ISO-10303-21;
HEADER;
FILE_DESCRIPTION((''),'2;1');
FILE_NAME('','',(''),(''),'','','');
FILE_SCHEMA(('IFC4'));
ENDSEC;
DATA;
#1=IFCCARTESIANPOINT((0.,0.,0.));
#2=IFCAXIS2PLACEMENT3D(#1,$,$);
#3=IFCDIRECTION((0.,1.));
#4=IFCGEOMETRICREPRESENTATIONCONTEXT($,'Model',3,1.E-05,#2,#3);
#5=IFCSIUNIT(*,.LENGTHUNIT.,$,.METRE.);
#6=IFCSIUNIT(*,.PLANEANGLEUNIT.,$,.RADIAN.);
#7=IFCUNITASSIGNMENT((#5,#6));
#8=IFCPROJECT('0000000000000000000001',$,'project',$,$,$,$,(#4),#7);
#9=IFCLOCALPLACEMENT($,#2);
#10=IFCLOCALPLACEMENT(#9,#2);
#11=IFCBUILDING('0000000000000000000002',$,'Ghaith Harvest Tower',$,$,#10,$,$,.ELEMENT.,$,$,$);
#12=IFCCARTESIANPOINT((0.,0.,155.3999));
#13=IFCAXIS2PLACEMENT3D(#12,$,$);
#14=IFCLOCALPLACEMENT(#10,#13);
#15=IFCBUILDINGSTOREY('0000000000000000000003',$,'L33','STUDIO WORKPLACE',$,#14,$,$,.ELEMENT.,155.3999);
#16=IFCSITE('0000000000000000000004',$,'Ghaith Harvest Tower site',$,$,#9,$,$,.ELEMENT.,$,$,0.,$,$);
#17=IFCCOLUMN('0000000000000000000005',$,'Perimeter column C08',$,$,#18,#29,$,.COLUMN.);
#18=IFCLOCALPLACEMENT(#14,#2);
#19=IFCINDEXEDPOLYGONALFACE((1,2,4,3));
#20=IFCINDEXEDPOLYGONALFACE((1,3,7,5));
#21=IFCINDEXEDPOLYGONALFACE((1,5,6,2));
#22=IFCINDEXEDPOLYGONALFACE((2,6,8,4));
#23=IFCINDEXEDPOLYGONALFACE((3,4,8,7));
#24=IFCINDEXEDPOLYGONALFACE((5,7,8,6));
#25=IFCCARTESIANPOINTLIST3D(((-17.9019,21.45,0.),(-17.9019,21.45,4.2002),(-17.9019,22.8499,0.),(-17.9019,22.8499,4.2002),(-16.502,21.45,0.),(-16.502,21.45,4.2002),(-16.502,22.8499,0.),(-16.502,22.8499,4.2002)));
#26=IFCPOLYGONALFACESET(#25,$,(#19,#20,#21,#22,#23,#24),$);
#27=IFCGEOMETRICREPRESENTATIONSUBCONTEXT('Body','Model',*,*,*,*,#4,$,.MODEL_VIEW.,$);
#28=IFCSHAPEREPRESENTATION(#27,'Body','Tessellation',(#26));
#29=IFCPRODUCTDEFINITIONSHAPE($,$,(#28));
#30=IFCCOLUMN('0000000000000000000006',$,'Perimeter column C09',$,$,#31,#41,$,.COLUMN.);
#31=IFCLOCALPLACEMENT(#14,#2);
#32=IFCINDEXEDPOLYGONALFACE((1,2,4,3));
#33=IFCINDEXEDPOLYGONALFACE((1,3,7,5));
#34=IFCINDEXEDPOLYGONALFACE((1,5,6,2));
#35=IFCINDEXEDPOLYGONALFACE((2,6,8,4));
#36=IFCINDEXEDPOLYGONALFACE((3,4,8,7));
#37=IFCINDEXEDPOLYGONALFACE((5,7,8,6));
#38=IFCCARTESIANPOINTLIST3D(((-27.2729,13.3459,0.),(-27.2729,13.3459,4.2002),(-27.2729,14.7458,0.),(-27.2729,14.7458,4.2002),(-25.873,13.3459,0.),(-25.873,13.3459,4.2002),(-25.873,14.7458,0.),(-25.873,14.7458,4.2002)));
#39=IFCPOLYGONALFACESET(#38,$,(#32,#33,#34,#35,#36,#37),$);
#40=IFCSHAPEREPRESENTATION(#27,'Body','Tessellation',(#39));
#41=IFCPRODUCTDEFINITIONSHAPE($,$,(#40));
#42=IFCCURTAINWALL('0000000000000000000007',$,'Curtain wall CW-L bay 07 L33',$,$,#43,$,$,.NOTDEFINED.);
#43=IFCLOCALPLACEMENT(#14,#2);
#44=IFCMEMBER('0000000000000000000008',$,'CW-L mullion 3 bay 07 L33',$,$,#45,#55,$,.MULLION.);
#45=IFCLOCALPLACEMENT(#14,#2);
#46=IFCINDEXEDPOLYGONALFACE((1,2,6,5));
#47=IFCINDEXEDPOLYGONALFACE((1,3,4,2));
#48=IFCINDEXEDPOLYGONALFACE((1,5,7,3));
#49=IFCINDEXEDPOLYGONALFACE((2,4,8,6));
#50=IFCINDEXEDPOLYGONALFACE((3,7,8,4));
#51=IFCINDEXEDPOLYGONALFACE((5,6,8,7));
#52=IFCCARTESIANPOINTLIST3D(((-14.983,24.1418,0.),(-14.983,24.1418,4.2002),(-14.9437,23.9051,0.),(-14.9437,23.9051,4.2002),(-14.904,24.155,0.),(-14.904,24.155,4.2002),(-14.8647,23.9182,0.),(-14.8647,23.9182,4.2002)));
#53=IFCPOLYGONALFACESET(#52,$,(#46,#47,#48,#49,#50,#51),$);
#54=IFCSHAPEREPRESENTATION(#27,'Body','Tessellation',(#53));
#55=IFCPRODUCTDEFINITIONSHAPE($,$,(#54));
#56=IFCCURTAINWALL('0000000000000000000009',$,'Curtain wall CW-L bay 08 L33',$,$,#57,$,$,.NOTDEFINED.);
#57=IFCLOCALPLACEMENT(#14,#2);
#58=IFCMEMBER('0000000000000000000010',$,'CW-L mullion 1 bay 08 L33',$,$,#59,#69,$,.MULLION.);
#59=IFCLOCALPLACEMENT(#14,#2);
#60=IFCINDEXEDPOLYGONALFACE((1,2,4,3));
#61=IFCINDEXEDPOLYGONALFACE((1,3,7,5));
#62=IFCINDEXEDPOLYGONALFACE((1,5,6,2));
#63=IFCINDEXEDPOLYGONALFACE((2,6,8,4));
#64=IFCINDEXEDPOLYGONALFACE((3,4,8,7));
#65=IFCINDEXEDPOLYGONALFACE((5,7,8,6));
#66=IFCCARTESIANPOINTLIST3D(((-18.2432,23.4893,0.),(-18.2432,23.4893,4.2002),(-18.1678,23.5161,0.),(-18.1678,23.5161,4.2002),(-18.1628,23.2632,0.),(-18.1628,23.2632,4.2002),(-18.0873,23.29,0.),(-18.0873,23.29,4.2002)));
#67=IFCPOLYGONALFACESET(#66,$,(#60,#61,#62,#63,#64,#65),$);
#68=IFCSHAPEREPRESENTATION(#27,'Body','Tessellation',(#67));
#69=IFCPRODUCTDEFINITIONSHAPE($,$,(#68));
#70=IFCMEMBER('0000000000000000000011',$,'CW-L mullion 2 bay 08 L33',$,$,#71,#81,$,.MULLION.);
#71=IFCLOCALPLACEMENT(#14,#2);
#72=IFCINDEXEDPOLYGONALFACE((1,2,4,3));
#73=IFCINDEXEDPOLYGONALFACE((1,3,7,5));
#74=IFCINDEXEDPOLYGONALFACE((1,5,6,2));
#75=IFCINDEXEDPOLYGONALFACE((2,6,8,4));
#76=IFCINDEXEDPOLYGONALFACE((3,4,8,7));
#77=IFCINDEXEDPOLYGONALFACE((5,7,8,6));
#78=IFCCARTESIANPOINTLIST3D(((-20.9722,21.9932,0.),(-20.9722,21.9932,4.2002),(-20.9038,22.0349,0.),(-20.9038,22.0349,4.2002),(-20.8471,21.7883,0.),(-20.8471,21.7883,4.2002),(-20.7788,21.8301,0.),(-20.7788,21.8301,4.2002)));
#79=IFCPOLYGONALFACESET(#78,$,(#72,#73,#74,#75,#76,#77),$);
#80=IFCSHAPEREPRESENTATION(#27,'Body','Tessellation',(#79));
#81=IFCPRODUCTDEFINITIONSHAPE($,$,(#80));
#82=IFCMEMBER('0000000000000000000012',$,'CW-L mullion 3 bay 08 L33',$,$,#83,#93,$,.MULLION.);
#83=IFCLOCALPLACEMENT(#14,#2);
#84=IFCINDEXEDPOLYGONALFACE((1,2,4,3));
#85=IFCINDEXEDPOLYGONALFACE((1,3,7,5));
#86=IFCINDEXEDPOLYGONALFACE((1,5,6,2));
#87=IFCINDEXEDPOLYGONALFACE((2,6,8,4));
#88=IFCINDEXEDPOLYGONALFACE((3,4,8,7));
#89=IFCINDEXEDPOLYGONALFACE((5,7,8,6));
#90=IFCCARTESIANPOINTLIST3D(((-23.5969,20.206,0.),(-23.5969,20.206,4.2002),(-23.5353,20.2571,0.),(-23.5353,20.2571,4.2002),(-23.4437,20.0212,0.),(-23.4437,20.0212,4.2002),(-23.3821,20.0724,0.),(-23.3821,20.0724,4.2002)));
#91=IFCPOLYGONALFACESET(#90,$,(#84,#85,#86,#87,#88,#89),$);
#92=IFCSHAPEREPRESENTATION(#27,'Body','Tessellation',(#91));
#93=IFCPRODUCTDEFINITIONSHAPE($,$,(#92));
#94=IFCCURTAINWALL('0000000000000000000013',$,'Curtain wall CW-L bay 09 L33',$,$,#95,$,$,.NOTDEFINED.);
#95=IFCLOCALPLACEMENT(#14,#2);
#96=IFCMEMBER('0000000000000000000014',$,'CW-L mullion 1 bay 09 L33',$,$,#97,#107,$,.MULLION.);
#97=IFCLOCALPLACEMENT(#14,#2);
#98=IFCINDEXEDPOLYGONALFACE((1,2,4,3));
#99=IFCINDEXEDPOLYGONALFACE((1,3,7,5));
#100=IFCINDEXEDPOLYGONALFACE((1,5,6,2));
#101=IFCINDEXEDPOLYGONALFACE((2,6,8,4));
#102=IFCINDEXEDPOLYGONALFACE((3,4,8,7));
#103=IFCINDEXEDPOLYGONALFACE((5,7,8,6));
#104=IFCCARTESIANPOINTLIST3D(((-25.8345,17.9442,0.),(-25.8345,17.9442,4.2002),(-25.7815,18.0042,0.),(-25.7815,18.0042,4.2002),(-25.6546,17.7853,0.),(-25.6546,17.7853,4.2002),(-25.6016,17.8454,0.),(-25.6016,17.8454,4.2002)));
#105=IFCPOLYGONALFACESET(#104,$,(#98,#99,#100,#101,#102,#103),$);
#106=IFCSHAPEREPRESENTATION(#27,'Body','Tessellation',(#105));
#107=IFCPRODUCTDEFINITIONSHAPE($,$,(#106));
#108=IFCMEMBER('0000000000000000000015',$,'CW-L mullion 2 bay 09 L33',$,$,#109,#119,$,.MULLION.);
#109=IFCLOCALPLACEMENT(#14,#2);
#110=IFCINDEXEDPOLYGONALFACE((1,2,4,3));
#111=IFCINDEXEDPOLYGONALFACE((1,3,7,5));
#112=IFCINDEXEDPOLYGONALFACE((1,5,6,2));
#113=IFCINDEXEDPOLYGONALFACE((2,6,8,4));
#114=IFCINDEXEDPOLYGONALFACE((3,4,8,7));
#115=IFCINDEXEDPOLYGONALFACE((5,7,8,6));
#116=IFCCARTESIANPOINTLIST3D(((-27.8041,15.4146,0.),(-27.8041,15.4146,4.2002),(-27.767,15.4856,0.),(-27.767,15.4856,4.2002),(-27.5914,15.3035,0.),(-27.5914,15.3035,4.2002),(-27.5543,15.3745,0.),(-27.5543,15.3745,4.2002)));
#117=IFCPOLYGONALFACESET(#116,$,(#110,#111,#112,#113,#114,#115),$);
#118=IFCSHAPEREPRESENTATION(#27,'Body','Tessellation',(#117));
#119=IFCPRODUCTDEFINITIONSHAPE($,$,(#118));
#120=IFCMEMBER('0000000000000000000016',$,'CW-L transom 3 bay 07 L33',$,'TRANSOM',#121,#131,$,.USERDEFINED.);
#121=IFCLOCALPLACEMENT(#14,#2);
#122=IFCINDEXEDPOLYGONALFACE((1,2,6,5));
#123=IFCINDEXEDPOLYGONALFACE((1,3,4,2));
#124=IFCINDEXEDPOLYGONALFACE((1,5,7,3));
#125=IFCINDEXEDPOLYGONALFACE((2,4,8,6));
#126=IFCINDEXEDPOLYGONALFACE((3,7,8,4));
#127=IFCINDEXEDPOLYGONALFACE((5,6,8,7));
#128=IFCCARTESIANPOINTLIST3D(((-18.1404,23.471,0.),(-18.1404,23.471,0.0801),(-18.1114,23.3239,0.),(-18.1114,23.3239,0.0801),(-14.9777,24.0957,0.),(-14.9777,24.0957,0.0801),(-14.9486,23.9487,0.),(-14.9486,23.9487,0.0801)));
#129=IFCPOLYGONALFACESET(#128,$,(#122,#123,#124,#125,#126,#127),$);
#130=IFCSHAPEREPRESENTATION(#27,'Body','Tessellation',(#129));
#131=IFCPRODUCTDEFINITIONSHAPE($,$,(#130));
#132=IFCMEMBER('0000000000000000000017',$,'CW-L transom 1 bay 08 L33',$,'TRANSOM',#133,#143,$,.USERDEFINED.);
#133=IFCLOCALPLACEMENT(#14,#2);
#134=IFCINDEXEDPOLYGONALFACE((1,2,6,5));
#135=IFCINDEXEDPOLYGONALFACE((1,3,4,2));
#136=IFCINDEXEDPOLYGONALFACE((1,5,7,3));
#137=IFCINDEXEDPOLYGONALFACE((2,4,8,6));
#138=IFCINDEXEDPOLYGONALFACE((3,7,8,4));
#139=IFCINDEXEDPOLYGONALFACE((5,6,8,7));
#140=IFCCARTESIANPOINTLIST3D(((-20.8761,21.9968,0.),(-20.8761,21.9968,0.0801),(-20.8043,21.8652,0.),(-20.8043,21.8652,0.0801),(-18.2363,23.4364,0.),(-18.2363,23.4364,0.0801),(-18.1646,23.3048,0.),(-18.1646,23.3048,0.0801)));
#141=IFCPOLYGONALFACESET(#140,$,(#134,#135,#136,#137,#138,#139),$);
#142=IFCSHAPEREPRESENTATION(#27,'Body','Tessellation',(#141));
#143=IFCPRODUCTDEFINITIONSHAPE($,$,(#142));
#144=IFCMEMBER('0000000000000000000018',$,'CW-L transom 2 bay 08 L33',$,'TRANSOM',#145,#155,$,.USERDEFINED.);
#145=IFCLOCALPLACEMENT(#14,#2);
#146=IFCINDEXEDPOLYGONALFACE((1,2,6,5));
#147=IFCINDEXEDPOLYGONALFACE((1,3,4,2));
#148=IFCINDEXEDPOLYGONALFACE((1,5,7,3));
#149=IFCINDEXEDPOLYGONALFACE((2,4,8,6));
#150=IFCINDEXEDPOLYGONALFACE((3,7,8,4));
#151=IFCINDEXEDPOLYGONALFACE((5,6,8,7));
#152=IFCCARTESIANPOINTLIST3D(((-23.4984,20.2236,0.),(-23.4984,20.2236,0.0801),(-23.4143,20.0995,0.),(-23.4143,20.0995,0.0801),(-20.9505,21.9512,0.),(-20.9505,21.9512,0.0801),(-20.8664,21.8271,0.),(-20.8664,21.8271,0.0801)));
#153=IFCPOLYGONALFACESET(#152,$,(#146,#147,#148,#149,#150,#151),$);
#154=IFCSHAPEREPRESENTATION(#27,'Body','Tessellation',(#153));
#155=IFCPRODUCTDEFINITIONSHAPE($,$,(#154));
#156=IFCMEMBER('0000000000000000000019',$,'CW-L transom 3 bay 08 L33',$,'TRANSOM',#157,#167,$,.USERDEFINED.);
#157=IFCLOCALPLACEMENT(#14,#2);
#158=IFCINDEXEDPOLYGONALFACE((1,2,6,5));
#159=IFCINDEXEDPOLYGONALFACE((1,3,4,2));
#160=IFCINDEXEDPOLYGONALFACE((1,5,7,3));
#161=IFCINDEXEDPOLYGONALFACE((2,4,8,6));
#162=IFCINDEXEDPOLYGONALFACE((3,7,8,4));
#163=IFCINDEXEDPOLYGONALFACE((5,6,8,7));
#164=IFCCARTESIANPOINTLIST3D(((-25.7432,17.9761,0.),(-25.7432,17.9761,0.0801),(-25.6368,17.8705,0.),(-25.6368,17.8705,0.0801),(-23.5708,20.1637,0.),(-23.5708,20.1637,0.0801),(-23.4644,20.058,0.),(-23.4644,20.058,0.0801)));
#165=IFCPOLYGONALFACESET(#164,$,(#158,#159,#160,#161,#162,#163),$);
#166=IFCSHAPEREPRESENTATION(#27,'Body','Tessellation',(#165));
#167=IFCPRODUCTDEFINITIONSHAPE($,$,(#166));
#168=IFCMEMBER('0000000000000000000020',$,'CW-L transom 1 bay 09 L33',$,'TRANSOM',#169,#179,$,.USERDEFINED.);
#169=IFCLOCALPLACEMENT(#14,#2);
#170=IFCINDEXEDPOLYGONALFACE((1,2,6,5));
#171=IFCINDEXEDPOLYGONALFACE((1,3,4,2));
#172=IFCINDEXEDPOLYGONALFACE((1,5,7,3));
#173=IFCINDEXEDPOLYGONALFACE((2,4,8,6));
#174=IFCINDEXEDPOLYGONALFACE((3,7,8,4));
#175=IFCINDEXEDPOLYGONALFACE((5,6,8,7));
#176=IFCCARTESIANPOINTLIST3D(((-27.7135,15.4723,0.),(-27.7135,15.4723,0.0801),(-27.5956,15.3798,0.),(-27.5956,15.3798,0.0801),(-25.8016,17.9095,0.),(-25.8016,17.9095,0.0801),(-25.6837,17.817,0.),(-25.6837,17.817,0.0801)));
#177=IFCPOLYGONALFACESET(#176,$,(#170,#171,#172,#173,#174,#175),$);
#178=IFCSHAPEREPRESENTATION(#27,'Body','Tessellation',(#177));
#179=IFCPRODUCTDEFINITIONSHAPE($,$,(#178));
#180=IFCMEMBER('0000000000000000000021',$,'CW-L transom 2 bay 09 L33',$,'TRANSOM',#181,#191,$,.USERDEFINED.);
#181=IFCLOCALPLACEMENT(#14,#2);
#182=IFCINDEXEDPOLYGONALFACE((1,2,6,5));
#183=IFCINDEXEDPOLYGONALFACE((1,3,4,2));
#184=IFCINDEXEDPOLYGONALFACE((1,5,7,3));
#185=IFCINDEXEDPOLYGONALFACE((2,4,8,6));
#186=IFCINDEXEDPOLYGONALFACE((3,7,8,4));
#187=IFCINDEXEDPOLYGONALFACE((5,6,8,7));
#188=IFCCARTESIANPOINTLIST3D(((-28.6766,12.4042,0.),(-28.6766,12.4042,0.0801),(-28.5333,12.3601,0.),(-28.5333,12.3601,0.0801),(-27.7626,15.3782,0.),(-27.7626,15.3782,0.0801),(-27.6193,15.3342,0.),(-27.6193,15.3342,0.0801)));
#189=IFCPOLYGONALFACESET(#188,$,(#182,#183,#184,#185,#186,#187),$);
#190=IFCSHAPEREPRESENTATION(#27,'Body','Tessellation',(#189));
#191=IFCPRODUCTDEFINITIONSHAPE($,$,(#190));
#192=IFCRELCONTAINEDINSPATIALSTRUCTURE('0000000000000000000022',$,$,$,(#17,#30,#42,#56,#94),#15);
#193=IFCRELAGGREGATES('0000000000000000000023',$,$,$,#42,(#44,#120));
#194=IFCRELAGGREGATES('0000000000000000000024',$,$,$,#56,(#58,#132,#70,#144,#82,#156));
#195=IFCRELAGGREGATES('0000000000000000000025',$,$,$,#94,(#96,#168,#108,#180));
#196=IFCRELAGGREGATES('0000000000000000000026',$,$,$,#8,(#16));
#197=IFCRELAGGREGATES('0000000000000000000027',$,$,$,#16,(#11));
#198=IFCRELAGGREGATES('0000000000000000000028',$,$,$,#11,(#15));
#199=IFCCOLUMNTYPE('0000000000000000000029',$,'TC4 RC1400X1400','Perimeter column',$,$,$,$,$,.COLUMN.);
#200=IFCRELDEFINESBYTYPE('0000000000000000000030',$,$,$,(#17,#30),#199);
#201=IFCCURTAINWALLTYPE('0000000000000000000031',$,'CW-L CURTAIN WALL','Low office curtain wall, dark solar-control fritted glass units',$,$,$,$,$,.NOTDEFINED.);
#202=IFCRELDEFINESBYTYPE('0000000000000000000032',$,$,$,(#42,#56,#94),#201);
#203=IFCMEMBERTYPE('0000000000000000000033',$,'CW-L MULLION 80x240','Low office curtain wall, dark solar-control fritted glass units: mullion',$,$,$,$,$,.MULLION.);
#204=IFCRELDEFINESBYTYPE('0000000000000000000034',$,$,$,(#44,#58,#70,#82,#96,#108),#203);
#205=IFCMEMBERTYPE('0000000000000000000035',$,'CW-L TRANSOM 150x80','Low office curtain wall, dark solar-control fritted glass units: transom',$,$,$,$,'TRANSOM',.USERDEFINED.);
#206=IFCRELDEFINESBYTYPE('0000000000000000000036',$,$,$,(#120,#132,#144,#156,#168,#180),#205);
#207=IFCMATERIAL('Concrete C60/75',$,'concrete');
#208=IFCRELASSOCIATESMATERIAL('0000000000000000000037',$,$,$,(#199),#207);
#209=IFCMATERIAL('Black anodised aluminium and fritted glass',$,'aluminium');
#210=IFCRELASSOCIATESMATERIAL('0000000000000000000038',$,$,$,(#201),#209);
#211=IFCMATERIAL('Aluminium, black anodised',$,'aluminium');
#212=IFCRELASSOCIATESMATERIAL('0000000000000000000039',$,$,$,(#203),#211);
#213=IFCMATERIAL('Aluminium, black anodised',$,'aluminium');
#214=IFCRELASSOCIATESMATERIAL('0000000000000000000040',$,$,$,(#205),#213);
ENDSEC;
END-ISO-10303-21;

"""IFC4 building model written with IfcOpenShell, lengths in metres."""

from ifc_helpers import new_model, si_unit, direction, frame, origin, origin_2d, place, context, subcontext, project, spatial, rectangle, extrude, material, material_profile, profile_set, type_object, element, aggregate, save


model = new_model("IFC4")

# Units and contexts
model_context = context("Model", 3, precision=1e-05, world=origin(), true_north=direction((0.0, 1.0)))
body_context = subcontext(model_context, "Body", "Model", "MODEL_VIEW")
ifc_project = project(units=[si_unit("LENGTHUNIT", "METRE"), si_unit("PLANEANGLEUNIT", "RADIAN")], contexts=[model_context])

# Site, building, storey
site_placement = place(None, origin())
site = spatial("IfcSite", under=ifc_project, at=site_placement, Name="Ghaith Harvest Tower site", CompositionType="ELEMENT", RefElevation=0.0)
building_placement = place(site_placement, origin())
building = spatial("IfcBuilding", under=site, at=building_placement, Name="Ghaith Harvest Tower", CompositionType="ELEMENT")
storey_placement = place(building_placement, frame((0.0, 0.0, 155.3999)))
storey = spatial("IfcBuildingStorey", under=building, at=storey_placement, Name="L33", Description="STUDIO WORKPLACE", CompositionType="ELEMENT", Elevation=155.3999)

# Columns
ifc_material_1 = material(Name="Concrete C60/75", Category="concrete")
ifc_material_profile_1 = material_profile(ifc_material_1, rectangle(XDim=1.3999, YDim=1.3999, at=origin_2d()), Name="RC1400X1400")
ifc_profile_set_1 = profile_set([ifc_material_profile_1], Name="Concrete C60/75")
column_type = type_object("IfcColumnType", Name="TC4 RC1400X1400", Description="Perimeter column", PredefinedType="COLUMN", material=ifc_profile_set_1)
for number, where, z_axis, x_axis, name in (
    (1, (-17.2019, 22.1499, 0.0), (0.0, 0.0, 1.0), (1.0, 0.0, 0.0), "Perimeter column C08"),
    (2, (-26.573, 14.0459, 0.0), (0.0, 0.0, 1.0), (1.0, 0.0, 0.0), "Perimeter column C09"),
):
    element("IfcColumn", number, at=place(storey_placement, frame(where, z_axis=z_axis, x_axis=x_axis)), inside=storey, type_object=column_type, Name=name, PredefinedType="COLUMN", context=body_context, shape_type="SweptSolid", body=[
        extrude(rectangle(XDim=1.3999, YDim=1.3999, at=origin_2d()), origin(), (0.0, 0.0, 1.0), 4.2002),
    ])

# Curtain wall, member
ifc_material_2 = material(Name="Black anodised aluminium and fritted glass", Category="aluminium")
curtain_wall_type = type_object("IfcCurtainWallType", Name="CW-L CURTAIN WALL", Description="Low office curtain wall, dark solar-control fritted glass units", PredefinedType="NOTDEFINED", material=ifc_material_2)
curtain_wall_1_placement = place(storey_placement, origin())
curtain_wall_1 = element("IfcCurtainWall", 3, at=curtain_wall_1_placement, inside=storey, type_object=curtain_wall_type, Name="Curtain wall CW-L bay 07 L33", PredefinedType="NOTDEFINED")
ifc_material_3 = material(Name="Aluminium, black anodised", Category="aluminium")
ifc_material_profile_2 = material_profile(ifc_material_3, rectangle(XDim=0.0801, YDim=0.24, at=origin_2d()), Name="CW-L MULLION 80x240")
ifc_profile_set_2 = profile_set([ifc_material_profile_2], Name="Aluminium, black anodised")
member_type_1 = type_object("IfcMemberType", Name="CW-L MULLION 80x240", Description="Low office curtain wall, dark solar-control fritted glass units: mullion", PredefinedType="MULLION", material=ifc_profile_set_2)
member_1_placement = place(storey_placement, frame((-14.9238, 24.03, 0.0), z_axis=(0.0, 0.0, 1.0), x_axis=(-0.986495, -0.163794, 0.0)))
member_1 = element("IfcMember", 4, at=member_1_placement, type_object=member_type_1, Name="CW-L mullion 3 bay 07 L33", PredefinedType="MULLION", context=body_context, shape_type="SweptSolid", body=[
    extrude(rectangle(XDim=0.0801, YDim=0.24, at=origin_2d()), origin(), (0.0, 0.0, 1.0), 4.2002),
])

# Curtain walls, members
curtain_wall_2_placement = place(storey_placement, origin())
curtain_wall_2 = element("IfcCurtainWall", 5, at=curtain_wall_2_placement, inside=storey, type_object=curtain_wall_type, Name="Curtain wall CW-L bay 08 L33", PredefinedType="NOTDEFINED")
member_2_placement = place(storey_placement, frame((-18.1653, 23.3896, 0.0), z_axis=(0.0, 0.0, 1.0), x_axis=(-0.942104, -0.335322, 0.0)))
member_2 = element("IfcMember", 6, at=member_2_placement, type_object=member_type_1, Name="CW-L mullion 1 bay 08 L33", PredefinedType="MULLION", context=body_context, shape_type="SweptSolid", body=[
    extrude(rectangle(XDim=0.0801, YDim=0.24, at=origin_2d()), origin(), (0.0, 0.0, 1.0), 4.2002),
])
member_3_placement = place(storey_placement, frame((-20.8755, 21.9116, 0.0), z_axis=(0.0, 0.0, 1.0), x_axis=(-0.853516, -0.521067, 0.0)))
member_3 = element("IfcMember", 7, at=member_3_placement, type_object=member_type_1, Name="CW-L mullion 2 bay 08 L33", PredefinedType="MULLION", context=body_context, shape_type="SweptSolid", body=[
    extrude(rectangle(XDim=0.0801, YDim=0.24, at=origin_2d()), origin(), (0.0, 0.0, 1.0), 4.2002),
])
member_4_placement = place(storey_placement, frame((-23.4895, 20.1392, 0.0), z_axis=(0.0, 0.0, 1.0), x_axis=(-0.769683, -0.638427, 0.0)))
member_4 = element("IfcMember", 8, at=member_4_placement, type_object=member_type_1, Name="CW-L mullion 3 bay 08 L33", PredefinedType="MULLION", context=body_context, shape_type="SweptSolid", body=[
    extrude(rectangle(XDim=0.0801, YDim=0.24, at=origin_2d()), origin(), (0.0, 0.0, 1.0), 4.2002),
])
curtain_wall_3_placement = place(storey_placement, origin())
curtain_wall_3 = element("IfcCurtainWall", 9, at=curtain_wall_3_placement, inside=storey, type_object=curtain_wall_type, Name="Curtain wall CW-L bay 09 L33", PredefinedType="NOTDEFINED")
member_5_placement = place(storey_placement, frame((-25.718, 17.8948, 0.0), z_axis=(0.0, 0.0, 1.0), x_axis=(-0.661904, -0.749589, 0.0)))
member_5 = element("IfcMember", 10, at=member_5_placement, type_object=member_type_1, Name="CW-L mullion 1 bay 09 L33", PredefinedType="MULLION", context=body_context, shape_type="SweptSolid", body=[
    extrude(rectangle(XDim=0.0801, YDim=0.24, at=origin_2d()), origin(), (0.0, 0.0, 1.0), 4.2002),
])
member_6_placement = place(storey_placement, frame((-27.6792, 15.3945, 0.0), z_axis=(0.0, 0.0, 1.0), x_axis=(-0.46289, -0.886416, 0.0)))
member_6 = element("IfcMember", 11, at=member_6_placement, type_object=member_type_1, Name="CW-L mullion 2 bay 09 L33", PredefinedType="MULLION", context=body_context, shape_type="SweptSolid", body=[
    extrude(rectangle(XDim=0.0801, YDim=0.24, at=origin_2d()), origin(), (0.0, 0.0, 1.0), 4.2002),
])

# Members
ifc_material_4 = material(Name="Aluminium, black anodised", Category="aluminium")
ifc_material_profile_3 = material_profile(ifc_material_4, rectangle(XDim=0.1499, YDim=0.0801, at=origin_2d()), Name="CW-L TRANSOM 150x80")
ifc_profile_set_3 = profile_set([ifc_material_profile_3], Name="Aluminium, black anodised")
member_type_2 = type_object("IfcMemberType", Name="CW-L TRANSOM 150x80", Description="Low office curtain wall, dark solar-control fritted glass units: transom", ElementType="TRANSOM", PredefinedType="USERDEFINED", material=ifc_profile_set_3)
member_7_placement = place(storey_placement, frame((-14.9631, 24.0222, 0.04), z_axis=(-0.981044, -0.193786, 0.0), x_axis=(0.193786, -0.981044, 0.0)))
member_7 = element("IfcMember", 12, at=member_7_placement, type_object=member_type_2, Name="CW-L transom 3 bay 07 L33", ObjectType="TRANSOM", PredefinedType="USERDEFINED", context=body_context, shape_type="SweptSolid", body=[
    extrude(rectangle(XDim=0.1499, YDim=0.0801, at=origin_2d()), origin(), (0.0, 0.0, 1.0), 3.2239),
])
member_8_placement = place(storey_placement, frame((-18.2004, 23.3706, 0.04), z_axis=(-0.87793, -0.47879, 0.0), x_axis=(0.47879, -0.87793, 0.0)))
member_8 = element("IfcMember", 13, at=member_8_placement, type_object=member_type_2, Name="CW-L transom 1 bay 08 L33", ObjectType="TRANSOM", PredefinedType="USERDEFINED", context=body_context, shape_type="SweptSolid", body=[
    extrude(rectangle(XDim=0.1499, YDim=0.0801, at=origin_2d()), origin(), (0.0, 0.0, 1.0), 3.0068),
])
member_9_placement = place(storey_placement, frame((-20.9084, 21.8892, 0.04), z_axis=(-0.827681, -0.561199, 0.0), x_axis=(0.561199, -0.827681, 0.0)))
member_9 = element("IfcMember", 14, at=member_9_placement, type_object=member_type_2, Name="CW-L transom 2 bay 08 L33", ObjectType="TRANSOM", PredefinedType="USERDEFINED", context=body_context, shape_type="SweptSolid", body=[
    extrude(rectangle(XDim=0.1499, YDim=0.0801, at=origin_2d()), origin(), (0.0, 0.0, 1.0), 3.0784),
])
member_10_placement = place(storey_placement, frame((-23.5176, 20.1108, 0.04), z_axis=(-0.704648, -0.709557, 0.0), x_axis=(0.709557, -0.704648, 0.0)))
member_10 = element("IfcMember", 15, at=member_10_placement, type_object=member_type_2, Name="CW-L transom 3 bay 08 L33", ObjectType="TRANSOM", PredefinedType="USERDEFINED", context=body_context, shape_type="SweptSolid", body=[
    extrude(rectangle(XDim=0.1499, YDim=0.0801, at=origin_2d()), origin(), (0.0, 0.0, 1.0), 3.083),
])
member_11_placement = place(storey_placement, frame((-25.7427, 17.8633, 0.04), z_axis=(-0.617198, -0.786808, 0.0), x_axis=(0.786808, -0.617198, 0.0)))
member_11 = element("IfcMember", 16, at=member_11_placement, type_object=member_type_2, Name="CW-L transom 1 bay 09 L33", ObjectType="TRANSOM", PredefinedType="USERDEFINED", context=body_context, shape_type="SweptSolid", body=[
    extrude(rectangle(XDim=0.1499, YDim=0.0801, at=origin_2d()), origin(), (0.0, 0.0, 1.0), 3.0977),
])
member_12_placement = place(storey_placement, frame((-27.6909, 15.3562, 0.04), z_axis=(-0.293777, -0.955874, 0.0), x_axis=(0.955874, -0.293777, 0.0)))
member_12 = element("IfcMember", 17, at=member_12_placement, type_object=member_type_2, Name="CW-L transom 2 bay 09 L33", ObjectType="TRANSOM", PredefinedType="USERDEFINED", context=body_context, shape_type="SweptSolid", body=[
    extrude(rectangle(XDim=0.1499, YDim=0.0801, at=origin_2d()), origin(), (0.0, 0.0, 1.0), 3.1113),
])

aggregate(curtain_wall_1, [member_1, member_7])
aggregate(curtain_wall_2, [member_2, member_8, member_3, member_9, member_4, member_10])
aggregate(curtain_wall_3, [member_5, member_11, member_6, member_12])

save(model, "model.ifc")
